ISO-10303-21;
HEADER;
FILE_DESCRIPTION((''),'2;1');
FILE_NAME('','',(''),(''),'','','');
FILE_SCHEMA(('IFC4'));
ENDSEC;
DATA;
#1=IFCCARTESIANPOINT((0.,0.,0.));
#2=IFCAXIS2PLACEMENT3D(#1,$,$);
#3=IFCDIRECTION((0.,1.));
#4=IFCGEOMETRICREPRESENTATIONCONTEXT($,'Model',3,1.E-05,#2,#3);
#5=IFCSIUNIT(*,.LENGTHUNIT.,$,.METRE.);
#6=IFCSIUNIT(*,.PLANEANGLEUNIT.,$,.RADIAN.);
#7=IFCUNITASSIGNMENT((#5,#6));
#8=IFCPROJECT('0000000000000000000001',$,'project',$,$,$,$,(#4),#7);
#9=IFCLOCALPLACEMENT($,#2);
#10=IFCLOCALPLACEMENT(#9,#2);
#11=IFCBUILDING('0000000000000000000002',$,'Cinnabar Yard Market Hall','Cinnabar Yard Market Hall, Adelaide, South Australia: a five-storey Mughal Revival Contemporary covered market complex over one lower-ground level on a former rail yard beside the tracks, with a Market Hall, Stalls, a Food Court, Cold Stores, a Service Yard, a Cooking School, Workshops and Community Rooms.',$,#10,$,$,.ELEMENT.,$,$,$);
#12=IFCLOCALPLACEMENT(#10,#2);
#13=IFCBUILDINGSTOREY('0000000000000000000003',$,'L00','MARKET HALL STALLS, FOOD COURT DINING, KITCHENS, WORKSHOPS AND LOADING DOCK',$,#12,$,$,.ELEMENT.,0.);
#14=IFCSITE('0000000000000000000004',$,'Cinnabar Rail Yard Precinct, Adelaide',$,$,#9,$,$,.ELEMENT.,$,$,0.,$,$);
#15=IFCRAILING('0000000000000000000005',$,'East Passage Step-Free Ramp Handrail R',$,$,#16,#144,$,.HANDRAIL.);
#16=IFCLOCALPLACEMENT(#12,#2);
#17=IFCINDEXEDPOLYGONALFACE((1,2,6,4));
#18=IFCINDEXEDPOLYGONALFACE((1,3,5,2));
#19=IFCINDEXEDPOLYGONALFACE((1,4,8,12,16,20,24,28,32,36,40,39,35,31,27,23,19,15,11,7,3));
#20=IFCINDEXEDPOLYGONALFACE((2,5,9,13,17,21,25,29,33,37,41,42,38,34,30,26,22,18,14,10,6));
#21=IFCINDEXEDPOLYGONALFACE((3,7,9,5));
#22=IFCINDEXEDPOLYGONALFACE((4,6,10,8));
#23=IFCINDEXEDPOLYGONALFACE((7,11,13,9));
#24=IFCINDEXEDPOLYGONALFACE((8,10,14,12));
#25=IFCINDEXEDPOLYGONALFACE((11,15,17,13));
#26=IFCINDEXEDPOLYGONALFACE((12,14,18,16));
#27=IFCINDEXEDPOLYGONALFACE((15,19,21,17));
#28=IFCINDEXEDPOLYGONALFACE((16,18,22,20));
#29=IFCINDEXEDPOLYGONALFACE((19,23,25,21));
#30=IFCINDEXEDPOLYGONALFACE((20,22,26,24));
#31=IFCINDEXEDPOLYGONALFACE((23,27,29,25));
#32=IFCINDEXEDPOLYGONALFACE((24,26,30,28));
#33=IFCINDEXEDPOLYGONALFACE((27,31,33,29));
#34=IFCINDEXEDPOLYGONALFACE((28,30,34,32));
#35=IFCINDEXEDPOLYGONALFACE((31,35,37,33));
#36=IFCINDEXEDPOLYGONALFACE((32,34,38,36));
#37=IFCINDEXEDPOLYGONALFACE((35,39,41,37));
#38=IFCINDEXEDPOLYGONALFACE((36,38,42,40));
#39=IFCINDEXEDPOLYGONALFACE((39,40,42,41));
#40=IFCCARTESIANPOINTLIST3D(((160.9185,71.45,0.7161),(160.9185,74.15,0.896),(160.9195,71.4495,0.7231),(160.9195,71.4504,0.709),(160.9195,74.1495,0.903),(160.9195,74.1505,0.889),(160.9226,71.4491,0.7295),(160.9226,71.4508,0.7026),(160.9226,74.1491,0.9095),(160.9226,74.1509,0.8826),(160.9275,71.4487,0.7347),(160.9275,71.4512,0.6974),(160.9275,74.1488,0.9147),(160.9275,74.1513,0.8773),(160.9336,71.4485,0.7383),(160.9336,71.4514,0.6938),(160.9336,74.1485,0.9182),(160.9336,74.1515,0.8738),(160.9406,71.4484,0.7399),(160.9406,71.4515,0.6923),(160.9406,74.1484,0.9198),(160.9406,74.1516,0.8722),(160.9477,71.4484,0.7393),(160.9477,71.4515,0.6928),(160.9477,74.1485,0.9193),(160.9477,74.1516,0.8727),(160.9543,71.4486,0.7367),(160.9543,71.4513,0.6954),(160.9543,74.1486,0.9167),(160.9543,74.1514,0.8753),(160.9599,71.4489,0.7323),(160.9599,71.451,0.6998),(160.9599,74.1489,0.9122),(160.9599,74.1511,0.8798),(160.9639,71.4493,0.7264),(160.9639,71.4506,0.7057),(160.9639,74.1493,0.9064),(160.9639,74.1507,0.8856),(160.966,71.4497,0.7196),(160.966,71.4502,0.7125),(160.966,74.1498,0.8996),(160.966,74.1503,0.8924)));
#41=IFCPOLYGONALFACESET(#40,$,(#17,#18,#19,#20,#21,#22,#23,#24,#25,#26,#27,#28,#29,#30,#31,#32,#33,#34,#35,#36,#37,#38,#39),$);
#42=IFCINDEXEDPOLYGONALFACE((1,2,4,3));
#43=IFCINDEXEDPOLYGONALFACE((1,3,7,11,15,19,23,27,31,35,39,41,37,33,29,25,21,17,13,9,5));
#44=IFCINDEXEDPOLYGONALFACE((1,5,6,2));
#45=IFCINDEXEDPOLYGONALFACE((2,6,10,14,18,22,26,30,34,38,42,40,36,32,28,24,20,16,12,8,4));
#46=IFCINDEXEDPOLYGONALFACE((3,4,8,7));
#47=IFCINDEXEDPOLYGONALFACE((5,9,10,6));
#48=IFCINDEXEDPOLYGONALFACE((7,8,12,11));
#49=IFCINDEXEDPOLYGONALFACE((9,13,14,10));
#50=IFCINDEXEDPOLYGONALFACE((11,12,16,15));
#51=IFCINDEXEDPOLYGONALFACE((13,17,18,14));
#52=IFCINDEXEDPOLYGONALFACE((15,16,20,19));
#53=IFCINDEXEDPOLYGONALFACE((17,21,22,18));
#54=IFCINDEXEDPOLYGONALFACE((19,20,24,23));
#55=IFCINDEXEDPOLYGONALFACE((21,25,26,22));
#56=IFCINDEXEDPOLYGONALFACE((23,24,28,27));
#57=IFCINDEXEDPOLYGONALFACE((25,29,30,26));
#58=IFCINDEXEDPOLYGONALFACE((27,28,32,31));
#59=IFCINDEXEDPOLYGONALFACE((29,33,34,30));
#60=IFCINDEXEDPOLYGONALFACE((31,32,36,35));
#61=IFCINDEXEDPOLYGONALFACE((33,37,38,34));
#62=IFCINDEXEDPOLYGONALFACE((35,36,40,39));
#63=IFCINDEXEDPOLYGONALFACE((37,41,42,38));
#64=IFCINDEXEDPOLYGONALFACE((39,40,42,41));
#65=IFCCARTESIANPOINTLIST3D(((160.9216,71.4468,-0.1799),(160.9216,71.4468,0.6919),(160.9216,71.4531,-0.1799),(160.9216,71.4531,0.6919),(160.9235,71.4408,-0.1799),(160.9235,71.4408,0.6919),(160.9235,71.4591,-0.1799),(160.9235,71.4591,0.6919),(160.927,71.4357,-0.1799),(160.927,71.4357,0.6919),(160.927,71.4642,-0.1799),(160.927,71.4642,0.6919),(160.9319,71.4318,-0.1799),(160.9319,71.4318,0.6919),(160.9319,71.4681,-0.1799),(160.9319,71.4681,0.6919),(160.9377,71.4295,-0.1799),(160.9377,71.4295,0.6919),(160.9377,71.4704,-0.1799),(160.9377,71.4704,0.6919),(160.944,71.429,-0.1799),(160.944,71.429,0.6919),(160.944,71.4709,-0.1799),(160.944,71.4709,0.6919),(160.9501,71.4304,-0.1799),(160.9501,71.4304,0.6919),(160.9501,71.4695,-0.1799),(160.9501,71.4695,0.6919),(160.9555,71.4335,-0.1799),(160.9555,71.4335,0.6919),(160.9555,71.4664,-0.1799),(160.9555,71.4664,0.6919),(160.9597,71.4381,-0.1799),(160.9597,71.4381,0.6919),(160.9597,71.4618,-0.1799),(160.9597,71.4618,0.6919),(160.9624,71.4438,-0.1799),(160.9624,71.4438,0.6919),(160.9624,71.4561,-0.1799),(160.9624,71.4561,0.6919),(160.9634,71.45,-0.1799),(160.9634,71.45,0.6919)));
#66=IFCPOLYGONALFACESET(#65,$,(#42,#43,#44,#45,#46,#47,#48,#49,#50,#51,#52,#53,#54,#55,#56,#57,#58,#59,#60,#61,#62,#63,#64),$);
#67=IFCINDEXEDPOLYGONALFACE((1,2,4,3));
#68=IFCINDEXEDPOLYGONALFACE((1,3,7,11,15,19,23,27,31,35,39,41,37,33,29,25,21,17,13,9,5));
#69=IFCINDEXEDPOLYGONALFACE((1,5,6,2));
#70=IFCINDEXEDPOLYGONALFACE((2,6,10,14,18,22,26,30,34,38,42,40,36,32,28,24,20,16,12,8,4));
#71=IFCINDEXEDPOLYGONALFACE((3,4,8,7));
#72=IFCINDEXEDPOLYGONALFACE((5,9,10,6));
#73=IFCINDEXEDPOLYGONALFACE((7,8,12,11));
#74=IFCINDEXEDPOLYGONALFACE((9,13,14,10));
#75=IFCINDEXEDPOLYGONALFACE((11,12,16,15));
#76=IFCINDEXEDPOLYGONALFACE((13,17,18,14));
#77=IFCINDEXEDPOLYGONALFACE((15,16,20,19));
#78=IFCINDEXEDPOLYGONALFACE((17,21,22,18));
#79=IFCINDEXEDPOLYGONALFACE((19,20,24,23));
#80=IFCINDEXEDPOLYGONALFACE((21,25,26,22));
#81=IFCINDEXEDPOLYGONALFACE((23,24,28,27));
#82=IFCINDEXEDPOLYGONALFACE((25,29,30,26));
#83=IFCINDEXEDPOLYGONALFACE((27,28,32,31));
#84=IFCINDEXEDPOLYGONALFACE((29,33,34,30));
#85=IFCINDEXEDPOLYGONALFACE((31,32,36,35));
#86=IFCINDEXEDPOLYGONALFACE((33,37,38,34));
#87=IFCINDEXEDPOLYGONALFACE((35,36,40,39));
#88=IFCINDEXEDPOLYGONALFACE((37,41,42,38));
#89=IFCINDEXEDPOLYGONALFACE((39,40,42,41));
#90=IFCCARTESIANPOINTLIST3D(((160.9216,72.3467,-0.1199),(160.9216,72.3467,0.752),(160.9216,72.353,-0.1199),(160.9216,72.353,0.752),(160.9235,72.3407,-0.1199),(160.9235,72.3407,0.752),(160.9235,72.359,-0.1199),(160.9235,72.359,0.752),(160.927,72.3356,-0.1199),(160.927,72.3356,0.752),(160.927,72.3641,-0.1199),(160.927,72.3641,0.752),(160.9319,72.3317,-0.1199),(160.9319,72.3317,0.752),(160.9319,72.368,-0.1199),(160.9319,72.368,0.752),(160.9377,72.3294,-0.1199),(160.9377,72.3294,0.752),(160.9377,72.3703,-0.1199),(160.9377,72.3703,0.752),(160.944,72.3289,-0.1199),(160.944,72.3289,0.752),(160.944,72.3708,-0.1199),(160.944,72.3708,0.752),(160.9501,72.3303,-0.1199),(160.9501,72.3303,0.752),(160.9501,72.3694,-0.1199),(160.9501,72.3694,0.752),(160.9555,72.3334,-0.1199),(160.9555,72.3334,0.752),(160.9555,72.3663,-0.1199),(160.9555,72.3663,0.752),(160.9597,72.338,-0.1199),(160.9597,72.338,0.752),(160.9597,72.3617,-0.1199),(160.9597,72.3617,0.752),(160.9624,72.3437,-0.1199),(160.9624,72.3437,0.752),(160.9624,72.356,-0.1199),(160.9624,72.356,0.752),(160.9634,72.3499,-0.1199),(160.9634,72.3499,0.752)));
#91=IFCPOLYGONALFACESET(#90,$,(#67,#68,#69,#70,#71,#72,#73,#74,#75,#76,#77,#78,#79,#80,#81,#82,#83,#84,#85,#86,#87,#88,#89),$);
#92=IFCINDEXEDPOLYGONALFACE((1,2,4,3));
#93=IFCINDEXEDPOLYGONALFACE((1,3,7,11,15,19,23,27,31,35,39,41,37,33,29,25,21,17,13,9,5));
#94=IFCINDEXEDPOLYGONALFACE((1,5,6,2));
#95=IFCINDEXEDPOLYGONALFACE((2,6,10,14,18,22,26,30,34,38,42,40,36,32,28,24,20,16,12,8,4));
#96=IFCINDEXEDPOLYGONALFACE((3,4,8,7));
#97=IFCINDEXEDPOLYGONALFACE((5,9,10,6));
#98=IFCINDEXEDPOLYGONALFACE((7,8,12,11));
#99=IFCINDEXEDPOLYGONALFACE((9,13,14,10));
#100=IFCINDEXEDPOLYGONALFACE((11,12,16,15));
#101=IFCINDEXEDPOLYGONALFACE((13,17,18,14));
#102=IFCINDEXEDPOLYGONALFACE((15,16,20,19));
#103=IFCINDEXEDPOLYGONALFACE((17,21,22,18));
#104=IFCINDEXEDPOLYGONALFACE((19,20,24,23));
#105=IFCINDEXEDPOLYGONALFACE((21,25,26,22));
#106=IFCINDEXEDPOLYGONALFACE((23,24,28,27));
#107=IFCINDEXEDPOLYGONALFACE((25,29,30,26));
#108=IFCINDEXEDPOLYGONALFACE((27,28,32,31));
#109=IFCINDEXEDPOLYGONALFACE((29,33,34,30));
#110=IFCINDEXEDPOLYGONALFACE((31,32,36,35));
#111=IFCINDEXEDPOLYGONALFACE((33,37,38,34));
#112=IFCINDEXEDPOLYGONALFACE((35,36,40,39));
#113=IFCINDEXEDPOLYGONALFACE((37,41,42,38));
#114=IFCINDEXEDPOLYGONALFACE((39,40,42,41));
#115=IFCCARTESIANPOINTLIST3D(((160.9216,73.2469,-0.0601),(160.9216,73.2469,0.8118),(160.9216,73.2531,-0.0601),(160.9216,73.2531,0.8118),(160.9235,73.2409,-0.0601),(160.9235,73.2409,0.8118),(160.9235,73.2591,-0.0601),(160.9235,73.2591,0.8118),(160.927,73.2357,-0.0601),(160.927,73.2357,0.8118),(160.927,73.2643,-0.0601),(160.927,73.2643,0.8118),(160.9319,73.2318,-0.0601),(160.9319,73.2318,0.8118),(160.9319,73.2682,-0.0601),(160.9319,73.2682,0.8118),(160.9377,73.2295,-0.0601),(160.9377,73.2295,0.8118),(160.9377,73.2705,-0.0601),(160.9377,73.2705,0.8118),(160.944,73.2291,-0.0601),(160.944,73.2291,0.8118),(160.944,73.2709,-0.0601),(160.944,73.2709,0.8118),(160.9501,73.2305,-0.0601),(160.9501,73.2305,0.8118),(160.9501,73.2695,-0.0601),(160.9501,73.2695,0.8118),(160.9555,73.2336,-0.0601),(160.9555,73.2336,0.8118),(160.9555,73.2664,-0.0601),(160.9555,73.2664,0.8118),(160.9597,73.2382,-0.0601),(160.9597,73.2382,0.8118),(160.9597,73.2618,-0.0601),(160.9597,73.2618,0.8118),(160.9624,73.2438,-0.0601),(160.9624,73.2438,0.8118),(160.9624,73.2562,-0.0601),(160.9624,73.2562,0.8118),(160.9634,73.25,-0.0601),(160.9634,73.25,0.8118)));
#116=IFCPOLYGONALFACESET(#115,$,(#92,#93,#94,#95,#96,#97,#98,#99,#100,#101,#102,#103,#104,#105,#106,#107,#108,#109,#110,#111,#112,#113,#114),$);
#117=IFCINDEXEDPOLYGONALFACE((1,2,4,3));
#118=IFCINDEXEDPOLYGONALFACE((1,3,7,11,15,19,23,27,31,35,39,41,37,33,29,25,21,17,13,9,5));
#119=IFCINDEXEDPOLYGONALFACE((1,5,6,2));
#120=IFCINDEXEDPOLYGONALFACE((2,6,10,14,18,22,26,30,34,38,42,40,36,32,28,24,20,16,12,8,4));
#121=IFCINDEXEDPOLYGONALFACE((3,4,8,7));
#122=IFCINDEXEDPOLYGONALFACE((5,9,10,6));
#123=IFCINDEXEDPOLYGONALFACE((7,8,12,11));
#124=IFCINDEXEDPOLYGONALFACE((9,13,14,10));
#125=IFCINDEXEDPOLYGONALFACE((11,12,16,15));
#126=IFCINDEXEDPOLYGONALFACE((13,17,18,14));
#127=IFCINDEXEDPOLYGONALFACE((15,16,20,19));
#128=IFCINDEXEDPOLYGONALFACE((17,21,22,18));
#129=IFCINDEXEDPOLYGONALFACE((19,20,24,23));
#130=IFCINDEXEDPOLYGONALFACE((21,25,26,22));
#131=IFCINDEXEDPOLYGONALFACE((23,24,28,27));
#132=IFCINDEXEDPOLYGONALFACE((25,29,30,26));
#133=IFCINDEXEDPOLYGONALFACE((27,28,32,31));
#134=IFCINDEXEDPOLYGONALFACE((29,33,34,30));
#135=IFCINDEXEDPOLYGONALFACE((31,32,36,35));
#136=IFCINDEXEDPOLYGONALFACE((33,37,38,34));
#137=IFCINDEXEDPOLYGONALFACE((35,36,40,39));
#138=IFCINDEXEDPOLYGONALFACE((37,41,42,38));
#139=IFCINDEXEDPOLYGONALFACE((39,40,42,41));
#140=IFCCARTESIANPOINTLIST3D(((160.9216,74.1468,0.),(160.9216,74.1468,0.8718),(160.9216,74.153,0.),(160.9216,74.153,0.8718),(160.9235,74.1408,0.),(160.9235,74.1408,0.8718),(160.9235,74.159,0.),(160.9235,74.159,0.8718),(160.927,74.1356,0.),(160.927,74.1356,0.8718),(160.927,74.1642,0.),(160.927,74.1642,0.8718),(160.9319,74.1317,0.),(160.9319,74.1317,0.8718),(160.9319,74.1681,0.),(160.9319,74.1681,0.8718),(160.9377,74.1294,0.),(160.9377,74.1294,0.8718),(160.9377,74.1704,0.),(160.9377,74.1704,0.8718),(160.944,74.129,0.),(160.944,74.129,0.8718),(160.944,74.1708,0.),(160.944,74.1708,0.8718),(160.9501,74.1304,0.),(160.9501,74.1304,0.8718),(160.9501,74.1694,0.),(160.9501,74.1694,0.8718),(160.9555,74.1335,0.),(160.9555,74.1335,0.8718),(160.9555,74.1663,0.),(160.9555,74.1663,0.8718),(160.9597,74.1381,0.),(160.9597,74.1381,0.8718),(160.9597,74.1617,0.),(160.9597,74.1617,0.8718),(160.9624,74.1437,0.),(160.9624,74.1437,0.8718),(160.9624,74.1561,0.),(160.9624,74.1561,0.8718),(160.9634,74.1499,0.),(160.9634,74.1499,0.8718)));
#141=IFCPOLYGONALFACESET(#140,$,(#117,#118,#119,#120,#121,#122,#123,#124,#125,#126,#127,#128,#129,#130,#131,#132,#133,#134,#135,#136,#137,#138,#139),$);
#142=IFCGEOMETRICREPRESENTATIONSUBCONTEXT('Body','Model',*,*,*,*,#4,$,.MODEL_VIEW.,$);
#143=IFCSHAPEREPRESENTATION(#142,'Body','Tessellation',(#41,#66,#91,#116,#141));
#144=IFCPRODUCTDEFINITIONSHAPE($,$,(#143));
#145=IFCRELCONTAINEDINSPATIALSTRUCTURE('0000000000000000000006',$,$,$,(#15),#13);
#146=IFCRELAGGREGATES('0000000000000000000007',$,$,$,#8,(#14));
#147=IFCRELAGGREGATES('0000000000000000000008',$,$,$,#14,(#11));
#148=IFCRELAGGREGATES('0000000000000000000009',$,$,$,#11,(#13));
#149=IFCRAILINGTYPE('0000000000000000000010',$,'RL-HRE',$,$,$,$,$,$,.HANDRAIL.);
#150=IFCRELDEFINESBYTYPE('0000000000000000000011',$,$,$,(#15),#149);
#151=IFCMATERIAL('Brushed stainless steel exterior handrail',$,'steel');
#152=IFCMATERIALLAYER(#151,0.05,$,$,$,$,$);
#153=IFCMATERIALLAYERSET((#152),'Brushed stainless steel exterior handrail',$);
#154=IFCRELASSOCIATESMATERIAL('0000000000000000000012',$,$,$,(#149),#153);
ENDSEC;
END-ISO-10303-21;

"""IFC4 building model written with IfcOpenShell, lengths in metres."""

from ifc_helpers import new_model, si_unit, direction, frame, origin, origin_2d_with_axis, place, context, subcontext, project, spatial, circle, extrude, material, layer, layer_set, type_object, element, save


model = new_model("IFC4")

# Units and contexts
model_context = context("Model", 3, precision=1e-05, world=origin(), true_north=direction((0.0, 1.0)))
body_context = subcontext(model_context, "Body", "Model", "MODEL_VIEW")
ifc_project = project(units=[si_unit("LENGTHUNIT", "METRE"), si_unit("PLANEANGLEUNIT", "RADIAN")], contexts=[model_context])

# Site, building, storey
site_placement = place(None, origin())
site = spatial("IfcSite", under=ifc_project, at=site_placement, Name="Cinnabar Rail Yard Precinct, Adelaide", CompositionType="ELEMENT", RefElevation=0.0)
building_placement = place(site_placement, origin())
building = spatial("IfcBuilding", under=site, at=building_placement, Name="Cinnabar Yard Market Hall", Description="Cinnabar Yard Market Hall, Adelaide, South Australia: a five-storey Mughal Revival Contemporary covered market complex over one lower-ground level on a former rail yard beside the tracks, with a Market Hall, Stalls, a Food Court, Cold Stores, a Service Yard, a Cooking School, Workshops and Community Rooms.", CompositionType="ELEMENT")
storey_placement = place(building_placement, origin())
storey = spatial("IfcBuildingStorey", under=building, at=storey_placement, Name="L00", Description="MARKET HALL STALLS, FOOD COURT DINING, KITCHENS, WORKSHOPS AND LOADING DOCK", CompositionType="ELEMENT", Elevation=0.0)

# Railing
ifc_material_1 = material(Name="Brushed stainless steel exterior handrail", Category="steel")
ifc_layer_1 = layer(ifc_material_1, 0.05)
ifc_layer_set_1 = layer_set([ifc_layer_1], Name="Brushed stainless steel exterior handrail")
railing_type = type_object("IfcRailingType", Name="RL-HRE", PredefinedType="HANDRAIL", material=ifc_layer_set_1)
railing_placement = place(storey_placement, frame((160.9424, 71.45, -0.1799)))
element("IfcRailing", 1, at=railing_placement, inside=storey, type_object=railing_type, Name="East Passage Step-Free Ramp Handrail R", PredefinedType="HANDRAIL", context=body_context, shape_type="SweptSolid", body=[
    extrude(circle(Radius=0.0239, at=origin_2d_with_axis()), frame((0.0, 0.0, 0.896), z_axis=(0.0, 0.997787, 0.066495), x_axis=(-1.0, 0.0, 0.0)), (0.0, 0.0, 1.0), 2.7061),
    extrude(circle(Radius=0.021, at=origin_2d_with_axis()), origin(), (0.0, 0.0, 1.0), 0.8718),
    extrude(circle(Radius=0.021, at=origin_2d_with_axis()), frame((0.0, 0.8999, 0.0601)), (0.0, 0.0, 1.0), 0.8718),
    extrude(circle(Radius=0.021, at=origin_2d_with_axis()), frame((0.0, 1.8, 0.1199)), (0.0, 0.0, 1.0), 0.8718),
    extrude(circle(Radius=0.021, at=origin_2d_with_axis()), frame((0.0, 2.7, 0.1799)), (0.0, 0.0, 1.0), 0.8718),
])

save(model, "model.ifc")
